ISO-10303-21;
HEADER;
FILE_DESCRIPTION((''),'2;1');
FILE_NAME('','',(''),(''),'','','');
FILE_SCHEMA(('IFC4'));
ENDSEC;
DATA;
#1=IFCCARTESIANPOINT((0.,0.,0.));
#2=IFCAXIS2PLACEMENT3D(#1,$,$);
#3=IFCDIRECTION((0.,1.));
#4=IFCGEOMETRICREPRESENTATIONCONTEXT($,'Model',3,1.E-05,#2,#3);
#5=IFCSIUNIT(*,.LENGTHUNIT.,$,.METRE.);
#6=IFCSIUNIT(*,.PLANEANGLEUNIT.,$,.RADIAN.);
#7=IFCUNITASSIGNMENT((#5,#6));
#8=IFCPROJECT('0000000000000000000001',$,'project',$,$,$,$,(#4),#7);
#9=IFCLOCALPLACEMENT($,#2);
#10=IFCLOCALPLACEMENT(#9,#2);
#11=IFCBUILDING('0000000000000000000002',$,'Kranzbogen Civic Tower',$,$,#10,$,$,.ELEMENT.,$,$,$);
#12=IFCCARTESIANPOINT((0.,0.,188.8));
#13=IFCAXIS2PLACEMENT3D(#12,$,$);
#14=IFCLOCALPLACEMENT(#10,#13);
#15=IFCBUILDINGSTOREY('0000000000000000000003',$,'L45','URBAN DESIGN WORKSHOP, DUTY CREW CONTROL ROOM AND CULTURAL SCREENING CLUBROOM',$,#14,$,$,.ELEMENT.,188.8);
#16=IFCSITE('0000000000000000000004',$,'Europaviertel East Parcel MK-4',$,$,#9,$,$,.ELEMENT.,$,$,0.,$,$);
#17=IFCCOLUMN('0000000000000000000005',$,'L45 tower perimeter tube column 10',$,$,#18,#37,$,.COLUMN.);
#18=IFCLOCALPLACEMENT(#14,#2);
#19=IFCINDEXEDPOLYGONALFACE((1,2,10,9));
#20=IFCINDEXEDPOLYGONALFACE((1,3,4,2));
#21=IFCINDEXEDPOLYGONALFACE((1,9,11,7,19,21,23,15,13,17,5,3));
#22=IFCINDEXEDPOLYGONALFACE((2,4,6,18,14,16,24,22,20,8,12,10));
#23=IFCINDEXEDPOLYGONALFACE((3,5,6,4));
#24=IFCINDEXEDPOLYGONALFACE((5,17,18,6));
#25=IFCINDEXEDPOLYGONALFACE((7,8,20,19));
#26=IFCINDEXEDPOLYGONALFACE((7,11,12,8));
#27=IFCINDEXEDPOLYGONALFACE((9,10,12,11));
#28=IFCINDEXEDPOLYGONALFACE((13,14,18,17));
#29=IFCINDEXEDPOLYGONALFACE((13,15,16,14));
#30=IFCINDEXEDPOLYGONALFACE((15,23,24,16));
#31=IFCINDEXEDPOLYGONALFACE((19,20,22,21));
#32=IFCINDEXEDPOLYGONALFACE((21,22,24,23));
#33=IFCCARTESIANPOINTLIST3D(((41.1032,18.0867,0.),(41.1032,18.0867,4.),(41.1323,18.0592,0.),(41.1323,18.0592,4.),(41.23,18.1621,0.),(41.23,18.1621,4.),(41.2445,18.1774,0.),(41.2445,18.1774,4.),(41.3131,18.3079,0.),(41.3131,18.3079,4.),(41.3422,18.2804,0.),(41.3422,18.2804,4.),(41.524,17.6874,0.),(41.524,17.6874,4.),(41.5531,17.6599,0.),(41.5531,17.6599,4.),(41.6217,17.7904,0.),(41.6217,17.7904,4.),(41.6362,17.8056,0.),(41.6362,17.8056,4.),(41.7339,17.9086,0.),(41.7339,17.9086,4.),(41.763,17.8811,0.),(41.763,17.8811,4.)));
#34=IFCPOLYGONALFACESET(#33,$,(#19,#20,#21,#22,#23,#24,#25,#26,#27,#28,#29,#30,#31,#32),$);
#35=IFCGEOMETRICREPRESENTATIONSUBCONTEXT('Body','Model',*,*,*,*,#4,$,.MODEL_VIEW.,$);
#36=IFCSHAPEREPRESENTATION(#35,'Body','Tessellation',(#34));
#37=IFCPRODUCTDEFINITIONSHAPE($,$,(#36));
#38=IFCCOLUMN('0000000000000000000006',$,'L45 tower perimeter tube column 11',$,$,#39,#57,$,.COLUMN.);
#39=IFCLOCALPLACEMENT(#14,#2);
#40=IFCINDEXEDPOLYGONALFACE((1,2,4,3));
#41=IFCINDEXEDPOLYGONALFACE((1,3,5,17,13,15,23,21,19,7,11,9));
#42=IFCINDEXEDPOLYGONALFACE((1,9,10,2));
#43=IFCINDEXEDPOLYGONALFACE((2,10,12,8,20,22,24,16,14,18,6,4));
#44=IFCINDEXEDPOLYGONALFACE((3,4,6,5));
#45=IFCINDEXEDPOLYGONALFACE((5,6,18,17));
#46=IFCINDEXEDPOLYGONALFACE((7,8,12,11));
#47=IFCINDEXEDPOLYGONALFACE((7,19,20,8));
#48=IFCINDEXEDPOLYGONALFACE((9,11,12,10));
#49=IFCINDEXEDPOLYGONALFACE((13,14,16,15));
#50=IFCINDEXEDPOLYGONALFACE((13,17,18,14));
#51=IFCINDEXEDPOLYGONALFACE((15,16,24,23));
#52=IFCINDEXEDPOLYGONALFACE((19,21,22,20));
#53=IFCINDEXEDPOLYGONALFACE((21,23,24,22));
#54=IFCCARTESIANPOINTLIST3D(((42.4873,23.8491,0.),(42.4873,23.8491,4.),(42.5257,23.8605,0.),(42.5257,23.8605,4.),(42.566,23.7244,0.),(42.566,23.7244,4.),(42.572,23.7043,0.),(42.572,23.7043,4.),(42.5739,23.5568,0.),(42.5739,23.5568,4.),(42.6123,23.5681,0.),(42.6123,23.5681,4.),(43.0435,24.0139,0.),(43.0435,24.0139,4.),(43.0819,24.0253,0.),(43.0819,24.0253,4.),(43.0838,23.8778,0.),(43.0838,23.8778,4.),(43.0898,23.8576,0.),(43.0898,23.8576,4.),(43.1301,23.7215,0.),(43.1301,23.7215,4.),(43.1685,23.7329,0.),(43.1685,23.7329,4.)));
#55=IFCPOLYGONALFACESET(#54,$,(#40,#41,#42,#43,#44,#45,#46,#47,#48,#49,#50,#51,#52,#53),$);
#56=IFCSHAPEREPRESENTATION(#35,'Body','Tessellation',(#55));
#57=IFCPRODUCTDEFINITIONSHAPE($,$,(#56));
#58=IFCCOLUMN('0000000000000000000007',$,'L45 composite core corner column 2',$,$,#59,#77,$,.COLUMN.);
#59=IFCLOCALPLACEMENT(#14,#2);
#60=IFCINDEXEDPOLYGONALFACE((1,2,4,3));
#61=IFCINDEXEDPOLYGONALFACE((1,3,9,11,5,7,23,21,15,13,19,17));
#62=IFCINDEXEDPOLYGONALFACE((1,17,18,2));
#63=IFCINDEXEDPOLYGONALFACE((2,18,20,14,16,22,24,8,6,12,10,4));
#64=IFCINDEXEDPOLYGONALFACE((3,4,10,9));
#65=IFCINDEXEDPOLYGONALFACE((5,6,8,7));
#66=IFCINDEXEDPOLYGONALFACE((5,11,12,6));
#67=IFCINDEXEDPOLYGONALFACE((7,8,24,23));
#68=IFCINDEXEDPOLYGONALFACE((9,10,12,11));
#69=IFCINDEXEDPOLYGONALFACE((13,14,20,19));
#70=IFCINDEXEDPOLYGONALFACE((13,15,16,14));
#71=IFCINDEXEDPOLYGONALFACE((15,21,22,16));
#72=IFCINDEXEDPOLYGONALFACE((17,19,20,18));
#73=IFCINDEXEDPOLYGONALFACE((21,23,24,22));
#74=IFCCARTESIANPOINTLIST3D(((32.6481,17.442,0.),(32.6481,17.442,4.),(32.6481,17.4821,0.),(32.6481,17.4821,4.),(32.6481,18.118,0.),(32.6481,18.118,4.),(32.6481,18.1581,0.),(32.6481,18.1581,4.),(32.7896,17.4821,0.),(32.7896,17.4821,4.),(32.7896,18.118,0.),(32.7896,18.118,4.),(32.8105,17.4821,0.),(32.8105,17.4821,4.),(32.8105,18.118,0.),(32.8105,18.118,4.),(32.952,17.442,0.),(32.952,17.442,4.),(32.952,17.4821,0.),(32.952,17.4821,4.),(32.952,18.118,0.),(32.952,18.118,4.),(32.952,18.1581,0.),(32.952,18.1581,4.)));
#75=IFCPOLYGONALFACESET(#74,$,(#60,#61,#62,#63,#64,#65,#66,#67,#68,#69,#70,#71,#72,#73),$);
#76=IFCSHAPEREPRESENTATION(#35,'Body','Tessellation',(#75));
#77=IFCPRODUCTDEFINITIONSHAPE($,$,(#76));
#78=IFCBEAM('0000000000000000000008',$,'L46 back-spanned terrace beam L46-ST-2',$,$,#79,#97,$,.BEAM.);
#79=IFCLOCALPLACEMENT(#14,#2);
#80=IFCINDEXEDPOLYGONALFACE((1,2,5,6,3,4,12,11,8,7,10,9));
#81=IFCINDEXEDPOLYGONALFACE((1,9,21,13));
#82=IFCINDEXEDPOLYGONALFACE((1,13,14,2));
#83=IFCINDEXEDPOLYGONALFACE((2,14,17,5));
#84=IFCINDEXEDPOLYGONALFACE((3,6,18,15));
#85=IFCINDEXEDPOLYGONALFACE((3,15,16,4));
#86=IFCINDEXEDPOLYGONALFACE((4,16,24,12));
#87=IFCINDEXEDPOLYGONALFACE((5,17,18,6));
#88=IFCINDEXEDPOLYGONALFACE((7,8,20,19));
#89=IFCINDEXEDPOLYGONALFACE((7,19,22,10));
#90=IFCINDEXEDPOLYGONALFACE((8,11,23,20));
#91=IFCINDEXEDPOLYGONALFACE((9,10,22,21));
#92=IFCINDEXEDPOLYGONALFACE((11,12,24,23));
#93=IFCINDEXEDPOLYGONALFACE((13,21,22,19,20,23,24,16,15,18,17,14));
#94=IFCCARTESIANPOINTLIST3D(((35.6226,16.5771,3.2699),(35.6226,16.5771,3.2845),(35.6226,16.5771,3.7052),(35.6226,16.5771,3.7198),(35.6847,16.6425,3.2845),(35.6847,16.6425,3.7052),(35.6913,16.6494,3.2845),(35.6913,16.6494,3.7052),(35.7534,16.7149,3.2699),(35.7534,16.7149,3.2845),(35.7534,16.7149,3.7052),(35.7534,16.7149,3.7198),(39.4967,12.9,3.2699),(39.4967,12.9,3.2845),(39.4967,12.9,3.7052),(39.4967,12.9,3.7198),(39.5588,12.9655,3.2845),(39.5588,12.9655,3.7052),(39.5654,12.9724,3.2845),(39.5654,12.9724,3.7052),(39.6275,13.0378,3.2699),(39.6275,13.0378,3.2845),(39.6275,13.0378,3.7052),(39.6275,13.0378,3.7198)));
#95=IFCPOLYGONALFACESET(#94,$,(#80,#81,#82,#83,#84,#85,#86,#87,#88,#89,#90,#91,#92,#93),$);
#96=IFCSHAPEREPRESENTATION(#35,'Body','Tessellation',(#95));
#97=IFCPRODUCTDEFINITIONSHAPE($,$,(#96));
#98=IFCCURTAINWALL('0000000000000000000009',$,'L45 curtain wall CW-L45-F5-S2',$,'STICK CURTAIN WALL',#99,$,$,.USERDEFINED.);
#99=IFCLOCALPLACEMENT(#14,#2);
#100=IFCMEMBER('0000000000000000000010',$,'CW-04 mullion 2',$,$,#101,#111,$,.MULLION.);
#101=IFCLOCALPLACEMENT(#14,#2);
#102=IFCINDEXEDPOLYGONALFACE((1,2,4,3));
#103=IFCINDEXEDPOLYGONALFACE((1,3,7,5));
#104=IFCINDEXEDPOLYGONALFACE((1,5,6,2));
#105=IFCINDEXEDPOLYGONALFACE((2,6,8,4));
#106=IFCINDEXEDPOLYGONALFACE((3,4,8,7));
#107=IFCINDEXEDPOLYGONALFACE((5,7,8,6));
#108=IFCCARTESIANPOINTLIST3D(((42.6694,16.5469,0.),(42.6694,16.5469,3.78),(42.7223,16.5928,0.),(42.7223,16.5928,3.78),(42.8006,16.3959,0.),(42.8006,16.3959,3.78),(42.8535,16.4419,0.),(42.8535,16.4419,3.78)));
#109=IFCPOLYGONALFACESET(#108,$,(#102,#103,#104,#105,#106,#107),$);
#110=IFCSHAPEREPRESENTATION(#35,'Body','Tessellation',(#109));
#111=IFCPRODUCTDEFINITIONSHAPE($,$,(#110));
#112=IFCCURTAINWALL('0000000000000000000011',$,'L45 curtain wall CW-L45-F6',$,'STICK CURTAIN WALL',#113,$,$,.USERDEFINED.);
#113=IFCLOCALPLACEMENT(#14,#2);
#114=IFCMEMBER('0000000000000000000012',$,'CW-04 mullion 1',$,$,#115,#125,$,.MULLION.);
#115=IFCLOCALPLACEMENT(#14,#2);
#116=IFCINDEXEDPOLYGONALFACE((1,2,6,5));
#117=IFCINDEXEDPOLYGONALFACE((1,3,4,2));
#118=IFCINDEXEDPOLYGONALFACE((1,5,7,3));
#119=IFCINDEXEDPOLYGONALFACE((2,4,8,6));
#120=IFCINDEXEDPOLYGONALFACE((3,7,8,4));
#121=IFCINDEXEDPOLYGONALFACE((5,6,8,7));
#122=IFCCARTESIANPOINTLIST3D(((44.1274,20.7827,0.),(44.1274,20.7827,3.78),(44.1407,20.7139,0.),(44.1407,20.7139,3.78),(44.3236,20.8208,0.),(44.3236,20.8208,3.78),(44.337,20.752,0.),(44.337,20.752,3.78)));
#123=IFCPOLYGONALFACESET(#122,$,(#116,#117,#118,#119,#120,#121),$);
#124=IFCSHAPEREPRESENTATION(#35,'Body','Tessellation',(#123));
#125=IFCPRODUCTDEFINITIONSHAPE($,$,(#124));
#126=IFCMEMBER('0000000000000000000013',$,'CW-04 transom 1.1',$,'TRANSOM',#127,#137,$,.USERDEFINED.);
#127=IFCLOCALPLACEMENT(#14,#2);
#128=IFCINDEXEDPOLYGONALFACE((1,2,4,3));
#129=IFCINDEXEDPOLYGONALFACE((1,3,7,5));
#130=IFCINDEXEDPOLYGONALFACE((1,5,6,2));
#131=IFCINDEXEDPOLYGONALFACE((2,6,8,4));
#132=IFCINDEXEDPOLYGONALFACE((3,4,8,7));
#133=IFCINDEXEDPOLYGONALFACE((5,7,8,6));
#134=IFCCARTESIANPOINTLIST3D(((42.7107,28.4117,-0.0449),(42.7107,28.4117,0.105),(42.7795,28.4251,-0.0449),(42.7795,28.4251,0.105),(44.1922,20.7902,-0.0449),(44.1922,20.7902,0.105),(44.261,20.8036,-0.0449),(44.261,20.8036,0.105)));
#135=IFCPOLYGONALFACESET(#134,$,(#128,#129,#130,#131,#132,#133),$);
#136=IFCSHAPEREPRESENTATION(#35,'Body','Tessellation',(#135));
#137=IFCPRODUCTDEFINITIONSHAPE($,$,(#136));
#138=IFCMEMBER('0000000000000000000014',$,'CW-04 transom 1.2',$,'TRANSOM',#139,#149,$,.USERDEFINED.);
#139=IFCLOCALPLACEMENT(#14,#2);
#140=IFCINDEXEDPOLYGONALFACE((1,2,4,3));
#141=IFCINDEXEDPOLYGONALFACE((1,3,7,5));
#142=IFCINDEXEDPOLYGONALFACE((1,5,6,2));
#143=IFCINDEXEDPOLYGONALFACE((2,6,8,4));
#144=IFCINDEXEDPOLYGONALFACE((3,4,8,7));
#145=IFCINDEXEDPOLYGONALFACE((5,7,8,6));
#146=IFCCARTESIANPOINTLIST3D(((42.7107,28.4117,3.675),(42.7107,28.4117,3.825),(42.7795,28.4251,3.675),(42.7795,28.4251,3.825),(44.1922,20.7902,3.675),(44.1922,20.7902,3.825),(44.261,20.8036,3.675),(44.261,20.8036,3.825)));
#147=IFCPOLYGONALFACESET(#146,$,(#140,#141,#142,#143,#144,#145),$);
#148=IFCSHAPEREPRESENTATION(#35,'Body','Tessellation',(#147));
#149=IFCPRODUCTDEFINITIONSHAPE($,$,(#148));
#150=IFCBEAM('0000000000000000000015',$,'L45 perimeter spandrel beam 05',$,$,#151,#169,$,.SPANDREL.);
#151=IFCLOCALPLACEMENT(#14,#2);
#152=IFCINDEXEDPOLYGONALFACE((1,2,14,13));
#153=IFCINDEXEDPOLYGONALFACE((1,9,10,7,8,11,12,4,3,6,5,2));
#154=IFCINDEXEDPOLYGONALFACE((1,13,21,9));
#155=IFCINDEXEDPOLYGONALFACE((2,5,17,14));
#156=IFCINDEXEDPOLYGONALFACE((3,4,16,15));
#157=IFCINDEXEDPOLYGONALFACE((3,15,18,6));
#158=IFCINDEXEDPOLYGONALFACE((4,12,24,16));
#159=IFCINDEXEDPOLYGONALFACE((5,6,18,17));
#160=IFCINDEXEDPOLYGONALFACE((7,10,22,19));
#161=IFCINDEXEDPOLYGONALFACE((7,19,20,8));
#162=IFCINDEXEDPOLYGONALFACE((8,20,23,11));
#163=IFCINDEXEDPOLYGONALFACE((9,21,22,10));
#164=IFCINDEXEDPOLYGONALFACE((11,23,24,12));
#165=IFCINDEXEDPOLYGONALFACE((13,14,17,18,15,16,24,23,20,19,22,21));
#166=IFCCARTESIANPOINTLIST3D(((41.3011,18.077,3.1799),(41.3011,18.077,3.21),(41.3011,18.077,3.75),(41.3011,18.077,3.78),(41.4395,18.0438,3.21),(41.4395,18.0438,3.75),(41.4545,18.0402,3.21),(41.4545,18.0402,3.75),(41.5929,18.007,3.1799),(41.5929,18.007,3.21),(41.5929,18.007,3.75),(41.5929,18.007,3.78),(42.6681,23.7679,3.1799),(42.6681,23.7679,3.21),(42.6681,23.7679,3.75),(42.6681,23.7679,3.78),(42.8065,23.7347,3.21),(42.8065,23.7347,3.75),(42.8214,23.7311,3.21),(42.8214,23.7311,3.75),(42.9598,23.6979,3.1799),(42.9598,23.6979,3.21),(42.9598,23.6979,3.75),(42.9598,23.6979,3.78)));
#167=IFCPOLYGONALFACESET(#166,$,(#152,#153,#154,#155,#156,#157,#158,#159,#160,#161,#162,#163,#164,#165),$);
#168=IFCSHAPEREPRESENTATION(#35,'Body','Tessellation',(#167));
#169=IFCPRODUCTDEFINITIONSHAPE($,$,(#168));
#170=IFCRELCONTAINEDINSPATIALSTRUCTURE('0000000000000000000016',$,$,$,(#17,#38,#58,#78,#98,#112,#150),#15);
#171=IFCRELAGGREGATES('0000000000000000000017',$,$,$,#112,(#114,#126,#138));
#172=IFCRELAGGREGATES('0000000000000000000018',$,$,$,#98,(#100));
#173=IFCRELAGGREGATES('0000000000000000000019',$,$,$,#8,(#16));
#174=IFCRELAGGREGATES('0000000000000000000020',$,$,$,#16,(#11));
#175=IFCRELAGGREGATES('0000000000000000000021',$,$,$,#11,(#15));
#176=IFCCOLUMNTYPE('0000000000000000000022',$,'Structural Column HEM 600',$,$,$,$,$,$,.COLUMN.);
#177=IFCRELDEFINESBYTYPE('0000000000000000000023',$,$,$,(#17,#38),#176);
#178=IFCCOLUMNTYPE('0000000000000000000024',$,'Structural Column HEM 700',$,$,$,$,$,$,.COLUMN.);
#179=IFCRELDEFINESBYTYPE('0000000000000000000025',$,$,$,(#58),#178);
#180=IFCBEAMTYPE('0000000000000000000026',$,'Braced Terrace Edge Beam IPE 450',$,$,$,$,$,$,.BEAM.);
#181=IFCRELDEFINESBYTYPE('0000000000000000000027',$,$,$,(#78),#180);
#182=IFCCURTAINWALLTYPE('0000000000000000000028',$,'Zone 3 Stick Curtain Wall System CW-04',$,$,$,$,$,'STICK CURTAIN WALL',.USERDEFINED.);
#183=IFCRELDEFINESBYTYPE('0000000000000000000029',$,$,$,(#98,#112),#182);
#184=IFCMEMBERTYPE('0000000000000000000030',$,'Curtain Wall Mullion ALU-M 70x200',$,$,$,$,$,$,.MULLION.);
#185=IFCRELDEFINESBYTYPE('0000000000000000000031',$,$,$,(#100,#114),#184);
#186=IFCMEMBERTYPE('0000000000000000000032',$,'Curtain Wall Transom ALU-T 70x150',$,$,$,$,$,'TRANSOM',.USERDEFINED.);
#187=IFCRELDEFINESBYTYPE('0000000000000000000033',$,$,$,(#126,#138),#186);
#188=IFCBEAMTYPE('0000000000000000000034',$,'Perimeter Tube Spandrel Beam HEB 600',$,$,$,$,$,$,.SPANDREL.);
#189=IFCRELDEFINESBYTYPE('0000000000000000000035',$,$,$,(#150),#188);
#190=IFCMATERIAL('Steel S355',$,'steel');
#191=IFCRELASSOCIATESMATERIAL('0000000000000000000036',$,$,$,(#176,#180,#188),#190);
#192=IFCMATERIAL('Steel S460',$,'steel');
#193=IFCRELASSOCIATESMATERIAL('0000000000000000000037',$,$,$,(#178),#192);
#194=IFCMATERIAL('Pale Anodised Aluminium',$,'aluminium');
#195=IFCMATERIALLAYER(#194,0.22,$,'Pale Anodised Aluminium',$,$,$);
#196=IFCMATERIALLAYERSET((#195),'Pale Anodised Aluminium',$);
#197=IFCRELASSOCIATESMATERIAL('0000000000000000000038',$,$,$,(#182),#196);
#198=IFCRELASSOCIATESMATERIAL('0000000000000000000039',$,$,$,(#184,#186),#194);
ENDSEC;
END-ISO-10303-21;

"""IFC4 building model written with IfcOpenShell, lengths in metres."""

from ifc_helpers import new_model, si_unit, direction, frame, origin, origin_2d, place, context, subcontext, project, spatial, rectangle, i_section, extrude, material, layer, layer_set, material_profile, profile_set, type_object, element, aggregate, save


model = new_model("IFC4")

# Units and contexts
model_context = context("Model", 3, precision=1e-05, world=origin(), true_north=direction((0.0, 1.0)))
body_context = subcontext(model_context, "Body", "Model", "MODEL_VIEW")
ifc_project = project(units=[si_unit("LENGTHUNIT", "METRE"), si_unit("PLANEANGLEUNIT", "RADIAN")], contexts=[model_context])

# Site, building, storey
site_placement = place(None, origin())
site = spatial("IfcSite", under=ifc_project, at=site_placement, Name="Europaviertel East Parcel MK-4", CompositionType="ELEMENT", RefElevation=0.0)
building_placement = place(site_placement, origin())
building = spatial("IfcBuilding", under=site, at=building_placement, Name="Kranzbogen Civic Tower", CompositionType="ELEMENT")
storey_placement = place(building_placement, frame((0.0, 0.0, 188.8)))
storey = spatial("IfcBuildingStorey", under=building, at=storey_placement, Name="L45", Description="URBAN DESIGN WORKSHOP, DUTY CREW CONTROL ROOM AND CULTURAL SCREENING CLUBROOM", CompositionType="ELEMENT", Elevation=188.8)

# Columns
ifc_material_1 = material(Name="Steel S355", Category="steel")
ifc_material_profile_1 = material_profile(ifc_material_1, i_section(OverallWidth=0.3049, OverallDepth=0.6201, WebThickness=0.021, FlangeThickness=0.04, at=origin_2d()), Name="HEM 600")
ifc_profile_set_1 = profile_set([ifc_material_profile_1], Name="Steel S355")
column_type_1 = type_object("IfcColumnType", Name="Structural Column HEM 600", PredefinedType="COLUMN", material=ifc_profile_set_1)
for number, where, z_axis, x_axis, name in (
    (1, (41.4331, 17.9839, 0.0), (0.0, 0.0, 1.0), (0.688355, 0.725374, 0.0), "L45 tower perimeter tube column 10"),
    (2, (42.8279, 23.791, 0.0), (0.0, 0.0, 1.0), (-0.284015, 0.95882, 0.0), "L45 tower perimeter tube column 11"),
):
    element("IfcColumn", number, at=place(storey_placement, frame(where, z_axis=z_axis, x_axis=x_axis)), inside=storey, type_object=column_type_1, Name=name, PredefinedType="COLUMN", context=body_context, shape_type="SweptSolid", body=[
        extrude(i_section(OverallWidth=0.3049, OverallDepth=0.6201, WebThickness=0.021, FlangeThickness=0.04, at=origin_2d()), origin(), (0.0, 0.0, 1.0), 4.0),
    ])
ifc_material_2 = material(Name="Steel S460", Category="steel")
ifc_material_profile_2 = material_profile(ifc_material_2, i_section(OverallWidth=0.304, OverallDepth=0.7161, WebThickness=0.021, FlangeThickness=0.04, at=origin_2d()), Name="HEM 700")
ifc_profile_set_2 = profile_set([ifc_material_profile_2], Name="Steel S460")
column_type_2 = type_object("IfcColumnType", Name="Structural Column HEM 700", PredefinedType="COLUMN", material=ifc_profile_set_2)
column_placement = place(storey_placement, frame((32.8, 17.8, 0.0), z_axis=(0.0, 0.0, 1.0), x_axis=(1.0, 0.0, 0.0)))
element("IfcColumn", 3, at=column_placement, inside=storey, type_object=column_type_2, Name="L45 composite core corner column 2", PredefinedType="COLUMN", context=body_context, shape_type="SweptSolid", body=[
    extrude(i_section(OverallWidth=0.304, OverallDepth=0.7161, WebThickness=0.021, FlangeThickness=0.04, at=origin_2d()), origin(), (0.0, 0.0, 1.0), 4.0),
])

# Beam
ifc_material_profile_3 = material_profile(ifc_material_1, i_section(OverallWidth=0.1899, OverallDepth=0.45, WebThickness=0.0095, FlangeThickness=0.0146, at=origin_2d()), Name="IPE 450")
ifc_profile_set_3 = profile_set([ifc_material_profile_3], Name="Steel S355")
beam_type_1 = type_object("IfcBeamType", Name="Braced Terrace Edge Beam IPE 450", PredefinedType="BEAM", material=ifc_profile_set_3)
beam_1_placement = place(storey_placement, frame((35.688, 16.646, 3.4949), z_axis=(0.72531, -0.688423, 0.0), x_axis=(0.688423, 0.72531, 0.0)))
element("IfcBeam", 4, at=beam_1_placement, inside=storey, type_object=beam_type_1, Name="L46 back-spanned terrace beam L46-ST-2", PredefinedType="BEAM", context=body_context, shape_type="SweptSolid", body=[
    extrude(i_section(OverallWidth=0.1899, OverallDepth=0.45, WebThickness=0.0095, FlangeThickness=0.0146, at=origin_2d()), origin(), (0.0, 0.0, 1.0), 5.3413),
])

# Curtain wall, member
ifc_material_3 = material(Name="Pale Anodised Aluminium", Category="aluminium")
ifc_layer_1 = layer(ifc_material_3, 0.22, Name="Pale Anodised Aluminium")
ifc_layer_set_1 = layer_set([ifc_layer_1], Name="Pale Anodised Aluminium")
curtain_wall_type = type_object("IfcCurtainWallType", Name="Zone 3 Stick Curtain Wall System CW-04", ElementType="STICK CURTAIN WALL", PredefinedType="USERDEFINED", material=ifc_layer_set_1)
curtain_wall_1_placement = place(storey_placement, origin())
curtain_wall_1 = element("IfcCurtainWall", 5, at=curtain_wall_1_placement, inside=storey, type_object=curtain_wall_type, Name="L45 curtain wall CW-L45-F5-S2", ObjectType="STICK CURTAIN WALL", PredefinedType="USERDEFINED")
ifc_material_profile_4 = material_profile(ifc_material_3, rectangle(XDim=0.0701, YDim=0.2, at=origin_2d()), Name="ALU-M 70x200")
ifc_profile_set_4 = profile_set([ifc_material_profile_4], Name="Pale Anodised Aluminium")
member_type_1 = type_object("IfcMemberType", Name="Curtain Wall Mullion ALU-M 70x200", PredefinedType="MULLION", material=ifc_profile_set_4)
member_1_placement = place(storey_placement, frame((42.7615, 16.4944, 0.0), z_axis=(0.0, 0.0, 1.0), x_axis=(0.754741, 0.656022, 0.0)))
member_1 = element("IfcMember", 6, at=member_1_placement, type_object=member_type_1, Name="CW-04 mullion 2", PredefinedType="MULLION", context=body_context, shape_type="SweptSolid", body=[
    extrude(rectangle(XDim=0.0701, YDim=0.2, at=origin_2d()), origin(), (0.0, 0.0, 1.0), 3.78),
])

# Curtain wall, members
curtain_wall_2_placement = place(storey_placement, origin())
curtain_wall_2 = element("IfcCurtainWall", 7, at=curtain_wall_2_placement, inside=storey, type_object=curtain_wall_type, Name="L45 curtain wall CW-L45-F6", ObjectType="STICK CURTAIN WALL", PredefinedType="USERDEFINED")
member_2_placement = place(storey_placement, frame((44.2322, 20.7673, 0.0), z_axis=(0.0, 0.0, 1.0), x_axis=(-0.190788, 0.981631, 0.0)))
member_2 = element("IfcMember", 8, at=member_2_placement, type_object=member_type_1, Name="CW-04 mullion 1", PredefinedType="MULLION", context=body_context, shape_type="SweptSolid", body=[
    extrude(rectangle(XDim=0.0701, YDim=0.2, at=origin_2d()), origin(), (0.0, 0.0, 1.0), 3.78),
])
ifc_material_profile_5 = material_profile(ifc_material_3, rectangle(XDim=0.0701, YDim=0.1499, at=origin_2d()), Name="ALU-T 70x150")
ifc_profile_set_5 = profile_set([ifc_material_profile_5], Name="Pale Anodised Aluminium")
member_type_2 = type_object("IfcMemberType", Name="Curtain Wall Transom ALU-T 70x150", ElementType="TRANSOM", PredefinedType="USERDEFINED", material=ifc_profile_set_5)
member_3_placement = place(storey_placement, frame((44.2266, 20.7969, 0.03), z_axis=(-0.190804, 0.981628, 0.0), x_axis=(-0.981628, -0.190804, 0.0)))
member_3 = element("IfcMember", 9, at=member_3_placement, type_object=member_type_2, Name="CW-04 transom 1.1", ObjectType="TRANSOM", PredefinedType="USERDEFINED", context=body_context, shape_type="SweptSolid", body=[
    extrude(rectangle(XDim=0.0701, YDim=0.1499, at=origin_2d()), origin(), (0.0, 0.0, 1.0), 7.7642),
])
member_4_placement = place(storey_placement, frame((44.2266, 20.7969, 3.75), z_axis=(-0.190804, 0.981628, 0.0), x_axis=(-0.981628, -0.190804, 0.0)))
member_4 = element("IfcMember", 10, at=member_4_placement, type_object=member_type_2, Name="CW-04 transom 1.2", ObjectType="TRANSOM", PredefinedType="USERDEFINED", context=body_context, shape_type="SweptSolid", body=[
    extrude(rectangle(XDim=0.0701, YDim=0.1499, at=origin_2d()), origin(), (0.0, 0.0, 1.0), 7.7642),
])
aggregate(curtain_wall_2, [member_2, member_3, member_4])

# Beam
ifc_material_profile_6 = material_profile(ifc_material_1, i_section(OverallWidth=0.3, OverallDepth=0.6001, WebThickness=0.0154, FlangeThickness=0.03, at=origin_2d()), Name="HEB 600")
ifc_profile_set_6 = profile_set([ifc_material_profile_6], Name="Steel S355")
beam_type_2 = type_object("IfcBeamType", Name="Perimeter Tube Spandrel Beam HEB 600", PredefinedType="SPANDREL", material=ifc_profile_set_6)
beam_2_placement = place(storey_placement, frame((41.447, 18.042, 3.48), z_axis=(0.233554, 0.972344, 0.0), x_axis=(-0.972344, 0.233554, 0.0)))
element("IfcBeam", 11, at=beam_2_placement, inside=storey, type_object=beam_type_2, Name="L45 perimeter spandrel beam 05", PredefinedType="SPANDREL", context=body_context, shape_type="SweptSolid", body=[
    extrude(i_section(OverallWidth=0.3, OverallDepth=0.6001, WebThickness=0.0154, FlangeThickness=0.03, at=origin_2d()), origin(), (0.0, 0.0, 1.0), 5.8528),
])

aggregate(curtain_wall_1, [member_1])

save(model, "model.ifc")
